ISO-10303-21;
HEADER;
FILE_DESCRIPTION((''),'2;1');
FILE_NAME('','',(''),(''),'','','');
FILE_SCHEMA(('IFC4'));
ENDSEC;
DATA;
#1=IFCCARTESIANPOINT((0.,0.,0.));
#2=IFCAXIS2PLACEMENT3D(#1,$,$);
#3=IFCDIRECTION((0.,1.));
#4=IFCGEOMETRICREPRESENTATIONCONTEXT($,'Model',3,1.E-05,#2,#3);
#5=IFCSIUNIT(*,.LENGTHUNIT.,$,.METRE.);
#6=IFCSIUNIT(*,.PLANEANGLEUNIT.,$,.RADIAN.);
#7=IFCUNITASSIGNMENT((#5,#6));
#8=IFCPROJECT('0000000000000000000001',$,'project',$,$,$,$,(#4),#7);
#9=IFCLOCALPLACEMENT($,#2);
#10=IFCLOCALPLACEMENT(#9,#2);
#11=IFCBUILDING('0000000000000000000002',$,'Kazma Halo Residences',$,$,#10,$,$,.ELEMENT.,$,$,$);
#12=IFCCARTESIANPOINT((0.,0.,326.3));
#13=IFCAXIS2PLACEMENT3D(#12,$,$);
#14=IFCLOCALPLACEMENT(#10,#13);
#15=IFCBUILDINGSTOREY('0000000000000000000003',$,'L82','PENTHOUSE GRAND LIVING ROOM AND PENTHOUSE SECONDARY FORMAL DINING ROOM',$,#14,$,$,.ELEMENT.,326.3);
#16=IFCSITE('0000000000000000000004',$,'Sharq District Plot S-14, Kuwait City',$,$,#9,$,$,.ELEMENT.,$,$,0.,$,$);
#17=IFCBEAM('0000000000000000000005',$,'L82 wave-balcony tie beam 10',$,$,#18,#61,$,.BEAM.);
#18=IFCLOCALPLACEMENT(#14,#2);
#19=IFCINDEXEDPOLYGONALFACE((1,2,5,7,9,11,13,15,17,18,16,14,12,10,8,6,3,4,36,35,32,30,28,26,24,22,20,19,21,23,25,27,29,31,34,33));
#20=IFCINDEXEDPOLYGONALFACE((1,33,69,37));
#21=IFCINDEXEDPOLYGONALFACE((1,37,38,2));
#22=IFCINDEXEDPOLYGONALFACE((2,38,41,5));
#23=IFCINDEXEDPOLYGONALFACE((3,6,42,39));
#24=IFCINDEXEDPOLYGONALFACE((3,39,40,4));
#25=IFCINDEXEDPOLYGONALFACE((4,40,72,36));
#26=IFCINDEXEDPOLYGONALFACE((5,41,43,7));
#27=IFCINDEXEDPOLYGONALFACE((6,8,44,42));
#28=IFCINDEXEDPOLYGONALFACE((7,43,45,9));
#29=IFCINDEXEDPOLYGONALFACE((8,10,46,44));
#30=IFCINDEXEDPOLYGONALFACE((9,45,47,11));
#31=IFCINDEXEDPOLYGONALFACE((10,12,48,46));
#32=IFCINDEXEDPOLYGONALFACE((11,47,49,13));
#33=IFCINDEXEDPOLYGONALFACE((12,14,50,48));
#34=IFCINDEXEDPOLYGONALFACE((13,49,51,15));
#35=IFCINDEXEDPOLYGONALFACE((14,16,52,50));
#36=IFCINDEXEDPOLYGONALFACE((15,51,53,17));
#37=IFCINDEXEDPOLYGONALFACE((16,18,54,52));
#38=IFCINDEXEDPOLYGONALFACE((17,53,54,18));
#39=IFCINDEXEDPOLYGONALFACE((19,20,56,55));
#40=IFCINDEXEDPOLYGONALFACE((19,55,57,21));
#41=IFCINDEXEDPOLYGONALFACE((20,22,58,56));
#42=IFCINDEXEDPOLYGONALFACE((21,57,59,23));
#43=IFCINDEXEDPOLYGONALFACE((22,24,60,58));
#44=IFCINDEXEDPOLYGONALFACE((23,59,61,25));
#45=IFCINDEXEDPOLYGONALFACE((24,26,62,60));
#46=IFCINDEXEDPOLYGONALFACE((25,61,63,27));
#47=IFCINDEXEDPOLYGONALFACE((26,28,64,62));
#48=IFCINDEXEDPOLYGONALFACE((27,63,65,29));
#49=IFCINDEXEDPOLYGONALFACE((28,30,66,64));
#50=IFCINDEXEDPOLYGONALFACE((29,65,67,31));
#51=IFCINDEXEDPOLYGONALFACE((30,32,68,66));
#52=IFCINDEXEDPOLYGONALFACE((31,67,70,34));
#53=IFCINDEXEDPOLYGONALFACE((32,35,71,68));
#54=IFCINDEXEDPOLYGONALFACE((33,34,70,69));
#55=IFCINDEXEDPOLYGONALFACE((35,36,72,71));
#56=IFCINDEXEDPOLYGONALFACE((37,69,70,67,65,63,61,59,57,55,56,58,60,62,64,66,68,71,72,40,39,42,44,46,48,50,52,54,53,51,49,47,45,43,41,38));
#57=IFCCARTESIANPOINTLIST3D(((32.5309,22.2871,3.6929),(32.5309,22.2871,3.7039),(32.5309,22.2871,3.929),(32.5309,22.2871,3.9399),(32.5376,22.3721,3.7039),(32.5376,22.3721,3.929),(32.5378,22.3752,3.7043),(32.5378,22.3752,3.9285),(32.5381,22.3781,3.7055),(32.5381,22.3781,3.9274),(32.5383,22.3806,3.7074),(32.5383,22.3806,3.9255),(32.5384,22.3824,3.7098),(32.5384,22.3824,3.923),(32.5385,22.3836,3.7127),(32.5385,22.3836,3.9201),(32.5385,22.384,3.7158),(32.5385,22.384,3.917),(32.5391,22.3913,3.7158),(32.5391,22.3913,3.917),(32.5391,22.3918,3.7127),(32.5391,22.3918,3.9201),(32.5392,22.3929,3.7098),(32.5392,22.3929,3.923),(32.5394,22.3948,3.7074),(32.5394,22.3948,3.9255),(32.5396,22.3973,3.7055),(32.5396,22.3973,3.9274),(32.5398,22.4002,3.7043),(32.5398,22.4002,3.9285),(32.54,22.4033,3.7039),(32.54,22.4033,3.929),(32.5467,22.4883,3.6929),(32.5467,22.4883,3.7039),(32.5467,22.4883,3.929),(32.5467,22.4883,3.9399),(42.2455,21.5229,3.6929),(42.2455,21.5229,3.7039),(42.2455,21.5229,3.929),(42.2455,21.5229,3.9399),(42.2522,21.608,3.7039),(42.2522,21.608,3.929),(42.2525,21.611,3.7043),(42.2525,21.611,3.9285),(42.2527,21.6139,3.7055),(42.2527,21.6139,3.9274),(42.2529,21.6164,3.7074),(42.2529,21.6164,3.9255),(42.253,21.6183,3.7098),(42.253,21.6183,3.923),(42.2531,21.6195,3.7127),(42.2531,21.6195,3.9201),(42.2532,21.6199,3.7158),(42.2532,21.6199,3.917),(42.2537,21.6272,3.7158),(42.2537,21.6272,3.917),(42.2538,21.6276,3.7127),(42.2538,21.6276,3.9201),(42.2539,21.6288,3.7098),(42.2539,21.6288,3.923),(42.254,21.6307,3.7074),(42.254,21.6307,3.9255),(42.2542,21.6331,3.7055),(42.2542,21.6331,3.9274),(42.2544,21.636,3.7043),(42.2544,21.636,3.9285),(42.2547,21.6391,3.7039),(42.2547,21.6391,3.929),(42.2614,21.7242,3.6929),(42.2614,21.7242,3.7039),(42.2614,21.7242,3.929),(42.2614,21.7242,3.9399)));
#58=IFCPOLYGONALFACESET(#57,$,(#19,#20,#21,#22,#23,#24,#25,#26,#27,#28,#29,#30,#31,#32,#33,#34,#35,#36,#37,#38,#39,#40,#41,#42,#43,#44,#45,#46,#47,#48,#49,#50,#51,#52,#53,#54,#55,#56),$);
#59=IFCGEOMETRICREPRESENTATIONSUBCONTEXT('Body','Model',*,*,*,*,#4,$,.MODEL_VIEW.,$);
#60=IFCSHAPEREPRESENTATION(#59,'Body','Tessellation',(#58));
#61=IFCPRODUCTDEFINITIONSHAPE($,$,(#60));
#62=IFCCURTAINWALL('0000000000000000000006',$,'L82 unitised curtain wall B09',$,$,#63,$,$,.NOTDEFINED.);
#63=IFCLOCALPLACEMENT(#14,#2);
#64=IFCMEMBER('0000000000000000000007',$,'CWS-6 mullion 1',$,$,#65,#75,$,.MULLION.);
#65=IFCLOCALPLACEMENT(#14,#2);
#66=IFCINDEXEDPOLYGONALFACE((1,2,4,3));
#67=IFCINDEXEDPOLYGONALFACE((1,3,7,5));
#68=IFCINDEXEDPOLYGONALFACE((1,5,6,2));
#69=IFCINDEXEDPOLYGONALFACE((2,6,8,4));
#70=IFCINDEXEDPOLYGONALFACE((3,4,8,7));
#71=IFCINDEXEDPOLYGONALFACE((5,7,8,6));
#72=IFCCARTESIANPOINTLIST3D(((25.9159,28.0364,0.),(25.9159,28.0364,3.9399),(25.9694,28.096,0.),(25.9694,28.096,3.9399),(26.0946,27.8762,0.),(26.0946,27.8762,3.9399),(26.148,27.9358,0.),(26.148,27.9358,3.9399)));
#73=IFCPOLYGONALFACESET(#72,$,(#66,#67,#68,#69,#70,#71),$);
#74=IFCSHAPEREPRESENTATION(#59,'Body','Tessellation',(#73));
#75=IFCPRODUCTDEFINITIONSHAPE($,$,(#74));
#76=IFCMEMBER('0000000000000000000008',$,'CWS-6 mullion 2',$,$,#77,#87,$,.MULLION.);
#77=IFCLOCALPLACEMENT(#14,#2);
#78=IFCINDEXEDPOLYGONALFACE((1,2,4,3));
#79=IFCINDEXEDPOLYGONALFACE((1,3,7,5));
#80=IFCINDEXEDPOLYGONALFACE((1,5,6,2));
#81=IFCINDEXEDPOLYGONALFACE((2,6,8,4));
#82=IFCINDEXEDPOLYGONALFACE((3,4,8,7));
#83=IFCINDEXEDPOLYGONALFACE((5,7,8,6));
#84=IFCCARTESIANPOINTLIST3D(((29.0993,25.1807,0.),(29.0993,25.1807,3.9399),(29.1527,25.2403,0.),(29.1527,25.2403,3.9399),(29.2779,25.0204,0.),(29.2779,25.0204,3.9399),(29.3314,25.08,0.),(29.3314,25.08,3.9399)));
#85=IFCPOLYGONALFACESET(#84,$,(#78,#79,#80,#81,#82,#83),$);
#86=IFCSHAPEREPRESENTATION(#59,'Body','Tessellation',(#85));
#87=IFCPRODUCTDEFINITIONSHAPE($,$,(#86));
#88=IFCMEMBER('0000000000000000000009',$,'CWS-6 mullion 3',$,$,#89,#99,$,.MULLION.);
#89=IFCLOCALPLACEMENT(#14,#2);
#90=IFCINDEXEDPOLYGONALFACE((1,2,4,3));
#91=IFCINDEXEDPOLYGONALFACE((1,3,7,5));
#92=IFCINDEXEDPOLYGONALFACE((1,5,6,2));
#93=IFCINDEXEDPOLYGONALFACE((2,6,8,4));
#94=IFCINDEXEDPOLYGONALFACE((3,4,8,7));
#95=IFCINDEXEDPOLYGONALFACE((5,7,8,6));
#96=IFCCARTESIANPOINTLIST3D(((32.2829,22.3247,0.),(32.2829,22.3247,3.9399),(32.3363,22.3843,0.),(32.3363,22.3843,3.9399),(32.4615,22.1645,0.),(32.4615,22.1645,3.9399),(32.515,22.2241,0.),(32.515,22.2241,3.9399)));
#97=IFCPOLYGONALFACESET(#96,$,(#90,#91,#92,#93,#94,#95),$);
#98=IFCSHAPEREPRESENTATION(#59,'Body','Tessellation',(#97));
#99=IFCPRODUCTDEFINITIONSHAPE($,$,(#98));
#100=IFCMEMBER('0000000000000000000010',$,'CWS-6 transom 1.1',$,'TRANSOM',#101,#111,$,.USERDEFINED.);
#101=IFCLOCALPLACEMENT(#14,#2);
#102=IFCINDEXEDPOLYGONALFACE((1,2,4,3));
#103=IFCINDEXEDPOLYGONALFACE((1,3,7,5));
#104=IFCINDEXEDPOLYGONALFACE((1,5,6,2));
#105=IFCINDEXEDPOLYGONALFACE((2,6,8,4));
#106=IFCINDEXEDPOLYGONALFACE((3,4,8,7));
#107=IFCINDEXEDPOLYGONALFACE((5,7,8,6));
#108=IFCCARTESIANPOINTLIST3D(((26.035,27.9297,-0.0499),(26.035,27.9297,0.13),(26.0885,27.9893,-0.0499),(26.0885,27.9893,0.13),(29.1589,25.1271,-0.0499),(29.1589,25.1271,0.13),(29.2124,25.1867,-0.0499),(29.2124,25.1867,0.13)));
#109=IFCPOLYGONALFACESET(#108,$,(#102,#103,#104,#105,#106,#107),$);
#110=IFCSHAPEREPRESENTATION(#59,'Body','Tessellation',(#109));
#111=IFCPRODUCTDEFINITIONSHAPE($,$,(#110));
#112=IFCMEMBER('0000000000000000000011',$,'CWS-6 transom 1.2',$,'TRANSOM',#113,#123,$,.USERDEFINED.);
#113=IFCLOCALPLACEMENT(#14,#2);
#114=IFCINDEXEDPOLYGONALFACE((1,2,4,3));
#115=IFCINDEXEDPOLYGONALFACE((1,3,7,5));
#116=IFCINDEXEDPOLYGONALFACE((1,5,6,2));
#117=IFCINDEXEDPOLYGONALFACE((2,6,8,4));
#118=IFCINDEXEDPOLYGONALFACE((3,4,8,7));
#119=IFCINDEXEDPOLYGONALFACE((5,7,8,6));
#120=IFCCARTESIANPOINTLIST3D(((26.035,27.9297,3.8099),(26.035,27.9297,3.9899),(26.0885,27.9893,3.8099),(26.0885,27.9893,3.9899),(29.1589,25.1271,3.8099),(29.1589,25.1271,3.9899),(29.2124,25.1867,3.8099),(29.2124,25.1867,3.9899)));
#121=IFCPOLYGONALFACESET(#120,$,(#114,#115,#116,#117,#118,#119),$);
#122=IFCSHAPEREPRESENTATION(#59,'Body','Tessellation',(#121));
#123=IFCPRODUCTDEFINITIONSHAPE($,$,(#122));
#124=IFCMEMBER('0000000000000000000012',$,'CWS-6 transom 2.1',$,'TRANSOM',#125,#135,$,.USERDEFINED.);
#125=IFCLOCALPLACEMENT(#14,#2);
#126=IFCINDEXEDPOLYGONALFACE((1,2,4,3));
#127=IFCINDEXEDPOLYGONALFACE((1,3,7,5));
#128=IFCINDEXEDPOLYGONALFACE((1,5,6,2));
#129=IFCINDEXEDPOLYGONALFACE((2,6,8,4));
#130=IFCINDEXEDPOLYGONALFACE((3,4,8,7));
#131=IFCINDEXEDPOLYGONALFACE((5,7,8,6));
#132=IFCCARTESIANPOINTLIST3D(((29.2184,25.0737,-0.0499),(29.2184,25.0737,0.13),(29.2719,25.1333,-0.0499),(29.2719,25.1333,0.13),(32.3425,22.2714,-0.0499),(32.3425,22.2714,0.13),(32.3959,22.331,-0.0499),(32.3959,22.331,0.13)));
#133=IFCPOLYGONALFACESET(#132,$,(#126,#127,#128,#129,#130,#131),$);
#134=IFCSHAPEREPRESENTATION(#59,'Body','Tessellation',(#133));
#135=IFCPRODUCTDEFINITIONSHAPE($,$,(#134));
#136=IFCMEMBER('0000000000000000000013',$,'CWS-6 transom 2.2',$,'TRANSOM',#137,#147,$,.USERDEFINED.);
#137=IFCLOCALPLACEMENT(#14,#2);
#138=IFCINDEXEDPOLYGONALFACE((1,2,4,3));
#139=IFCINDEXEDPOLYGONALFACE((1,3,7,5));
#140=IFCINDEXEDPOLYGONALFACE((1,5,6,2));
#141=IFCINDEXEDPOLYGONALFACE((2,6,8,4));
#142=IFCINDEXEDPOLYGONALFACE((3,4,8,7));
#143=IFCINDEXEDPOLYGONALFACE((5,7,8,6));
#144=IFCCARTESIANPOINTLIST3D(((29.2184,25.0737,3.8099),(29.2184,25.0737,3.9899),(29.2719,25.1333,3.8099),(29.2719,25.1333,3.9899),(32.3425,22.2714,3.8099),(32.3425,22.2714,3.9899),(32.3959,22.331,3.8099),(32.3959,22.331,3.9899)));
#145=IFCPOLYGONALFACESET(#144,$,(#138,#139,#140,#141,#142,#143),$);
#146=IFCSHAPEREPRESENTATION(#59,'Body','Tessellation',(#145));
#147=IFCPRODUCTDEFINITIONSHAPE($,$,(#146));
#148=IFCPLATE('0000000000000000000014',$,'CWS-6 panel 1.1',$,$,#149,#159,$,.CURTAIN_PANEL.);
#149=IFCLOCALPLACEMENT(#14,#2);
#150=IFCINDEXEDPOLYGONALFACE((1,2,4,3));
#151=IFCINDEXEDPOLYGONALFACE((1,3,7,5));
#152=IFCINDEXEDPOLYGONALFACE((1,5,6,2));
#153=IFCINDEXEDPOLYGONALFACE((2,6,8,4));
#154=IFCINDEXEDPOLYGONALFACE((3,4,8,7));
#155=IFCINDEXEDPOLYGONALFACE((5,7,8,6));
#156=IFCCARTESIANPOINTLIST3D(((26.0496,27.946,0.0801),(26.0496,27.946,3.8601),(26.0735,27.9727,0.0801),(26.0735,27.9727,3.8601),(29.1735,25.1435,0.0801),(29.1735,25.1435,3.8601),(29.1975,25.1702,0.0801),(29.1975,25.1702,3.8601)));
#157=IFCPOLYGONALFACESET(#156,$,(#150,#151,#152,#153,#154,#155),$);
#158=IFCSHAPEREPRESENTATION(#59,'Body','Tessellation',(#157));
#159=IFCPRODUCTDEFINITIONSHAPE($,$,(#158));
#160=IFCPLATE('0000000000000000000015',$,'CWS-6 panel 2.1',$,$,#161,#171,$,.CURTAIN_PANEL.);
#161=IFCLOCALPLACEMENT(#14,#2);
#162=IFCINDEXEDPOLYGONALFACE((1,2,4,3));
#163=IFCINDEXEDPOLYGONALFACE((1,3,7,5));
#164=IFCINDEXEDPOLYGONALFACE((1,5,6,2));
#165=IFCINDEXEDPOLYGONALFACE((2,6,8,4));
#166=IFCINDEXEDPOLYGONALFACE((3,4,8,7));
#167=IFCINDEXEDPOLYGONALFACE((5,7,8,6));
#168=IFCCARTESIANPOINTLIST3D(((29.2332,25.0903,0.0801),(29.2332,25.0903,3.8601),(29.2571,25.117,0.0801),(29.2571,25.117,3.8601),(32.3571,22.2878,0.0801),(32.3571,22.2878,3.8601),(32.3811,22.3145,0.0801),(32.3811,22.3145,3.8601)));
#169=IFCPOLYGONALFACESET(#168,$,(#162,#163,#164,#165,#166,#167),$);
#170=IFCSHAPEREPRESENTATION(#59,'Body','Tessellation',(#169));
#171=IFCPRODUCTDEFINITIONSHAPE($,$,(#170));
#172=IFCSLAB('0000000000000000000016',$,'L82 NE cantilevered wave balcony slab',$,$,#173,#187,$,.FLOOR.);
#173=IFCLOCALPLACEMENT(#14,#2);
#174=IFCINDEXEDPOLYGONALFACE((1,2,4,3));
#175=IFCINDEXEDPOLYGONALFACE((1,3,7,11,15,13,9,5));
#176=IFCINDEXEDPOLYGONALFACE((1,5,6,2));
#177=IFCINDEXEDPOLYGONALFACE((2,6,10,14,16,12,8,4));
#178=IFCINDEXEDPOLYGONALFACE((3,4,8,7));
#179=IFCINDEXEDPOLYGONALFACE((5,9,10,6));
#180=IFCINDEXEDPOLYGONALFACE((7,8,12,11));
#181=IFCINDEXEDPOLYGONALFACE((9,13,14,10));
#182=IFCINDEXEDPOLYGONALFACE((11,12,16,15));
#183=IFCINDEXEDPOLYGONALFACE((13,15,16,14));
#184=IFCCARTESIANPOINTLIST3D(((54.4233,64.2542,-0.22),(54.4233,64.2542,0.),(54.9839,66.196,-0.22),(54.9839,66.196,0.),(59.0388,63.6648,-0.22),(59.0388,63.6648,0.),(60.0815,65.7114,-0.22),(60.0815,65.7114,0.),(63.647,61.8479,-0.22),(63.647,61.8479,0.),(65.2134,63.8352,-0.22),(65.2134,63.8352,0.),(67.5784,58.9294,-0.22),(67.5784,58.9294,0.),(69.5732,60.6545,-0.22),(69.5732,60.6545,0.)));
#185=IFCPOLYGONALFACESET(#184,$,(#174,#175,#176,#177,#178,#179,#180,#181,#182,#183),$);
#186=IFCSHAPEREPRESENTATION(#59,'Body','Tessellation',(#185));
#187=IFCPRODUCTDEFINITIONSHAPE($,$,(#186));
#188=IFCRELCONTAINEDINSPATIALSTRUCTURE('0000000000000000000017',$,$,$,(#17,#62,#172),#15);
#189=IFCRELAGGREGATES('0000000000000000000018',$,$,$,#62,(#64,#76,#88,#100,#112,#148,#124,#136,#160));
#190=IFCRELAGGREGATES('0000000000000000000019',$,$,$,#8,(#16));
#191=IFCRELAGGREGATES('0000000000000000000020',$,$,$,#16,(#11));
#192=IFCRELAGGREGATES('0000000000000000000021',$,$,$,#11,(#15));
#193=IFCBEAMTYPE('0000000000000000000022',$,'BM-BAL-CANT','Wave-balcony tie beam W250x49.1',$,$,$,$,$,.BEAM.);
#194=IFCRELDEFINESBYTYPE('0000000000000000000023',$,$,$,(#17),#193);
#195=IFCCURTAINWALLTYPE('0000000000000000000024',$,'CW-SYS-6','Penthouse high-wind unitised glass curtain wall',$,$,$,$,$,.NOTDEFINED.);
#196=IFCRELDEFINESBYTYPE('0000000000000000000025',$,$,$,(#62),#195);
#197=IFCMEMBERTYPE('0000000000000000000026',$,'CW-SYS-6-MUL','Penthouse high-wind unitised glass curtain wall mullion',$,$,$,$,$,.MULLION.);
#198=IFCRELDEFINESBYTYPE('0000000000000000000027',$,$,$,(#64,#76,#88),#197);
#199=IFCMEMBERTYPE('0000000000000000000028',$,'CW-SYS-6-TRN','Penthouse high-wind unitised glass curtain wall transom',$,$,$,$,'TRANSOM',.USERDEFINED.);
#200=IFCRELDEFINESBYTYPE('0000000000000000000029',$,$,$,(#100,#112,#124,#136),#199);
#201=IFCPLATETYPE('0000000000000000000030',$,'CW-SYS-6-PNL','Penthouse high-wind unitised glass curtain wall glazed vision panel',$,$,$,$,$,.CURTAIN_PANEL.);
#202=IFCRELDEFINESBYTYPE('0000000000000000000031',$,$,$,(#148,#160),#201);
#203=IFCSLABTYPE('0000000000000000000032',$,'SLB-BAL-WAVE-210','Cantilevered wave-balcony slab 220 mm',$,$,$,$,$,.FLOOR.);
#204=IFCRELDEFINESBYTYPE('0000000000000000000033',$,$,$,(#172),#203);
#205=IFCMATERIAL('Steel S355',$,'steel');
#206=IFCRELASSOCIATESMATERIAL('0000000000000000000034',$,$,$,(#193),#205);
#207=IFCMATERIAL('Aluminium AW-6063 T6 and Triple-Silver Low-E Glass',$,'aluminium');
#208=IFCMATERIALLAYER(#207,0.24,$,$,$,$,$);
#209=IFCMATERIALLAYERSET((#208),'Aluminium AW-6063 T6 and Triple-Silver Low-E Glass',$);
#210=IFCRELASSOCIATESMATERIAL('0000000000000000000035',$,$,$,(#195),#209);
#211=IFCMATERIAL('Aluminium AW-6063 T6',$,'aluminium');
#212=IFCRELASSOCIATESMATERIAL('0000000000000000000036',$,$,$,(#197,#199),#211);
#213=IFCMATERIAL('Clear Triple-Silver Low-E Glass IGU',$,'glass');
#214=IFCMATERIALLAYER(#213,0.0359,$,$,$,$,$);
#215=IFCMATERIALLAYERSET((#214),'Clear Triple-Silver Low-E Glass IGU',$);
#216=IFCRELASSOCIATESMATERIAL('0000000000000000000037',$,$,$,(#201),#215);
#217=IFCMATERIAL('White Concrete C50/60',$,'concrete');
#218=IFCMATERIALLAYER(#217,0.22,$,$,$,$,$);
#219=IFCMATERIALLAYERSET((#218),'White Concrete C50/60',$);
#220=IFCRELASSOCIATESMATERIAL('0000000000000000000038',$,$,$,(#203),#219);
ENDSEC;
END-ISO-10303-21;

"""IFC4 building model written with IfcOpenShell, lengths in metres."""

from ifc_helpers import new_model, si_unit, direction, frame, origin, origin_2d, place, context, subcontext, project, spatial, polyline, rectangle, i_section, outline, extrude, material, layer, layer_set, material_profile, profile_set, type_object, element, aggregate, save


model = new_model("IFC4")

# Units and contexts
model_context = context("Model", 3, precision=1e-05, world=origin(), true_north=direction((0.0, 1.0)))
body_context = subcontext(model_context, "Body", "Model", "MODEL_VIEW")
ifc_project = project(units=[si_unit("LENGTHUNIT", "METRE"), si_unit("PLANEANGLEUNIT", "RADIAN")], contexts=[model_context])

# Site, building, storey
site_placement = place(None, origin())
site = spatial("IfcSite", under=ifc_project, at=site_placement, Name="Sharq District Plot S-14, Kuwait City", CompositionType="ELEMENT", RefElevation=0.0)
building_placement = place(site_placement, origin())
building = spatial("IfcBuilding", under=site, at=building_placement, Name="Kazma Halo Residences", CompositionType="ELEMENT")
storey_placement = place(building_placement, frame((0.0, 0.0, 326.3)))
storey = spatial("IfcBuildingStorey", under=building, at=storey_placement, Name="L82", Description="PENTHOUSE GRAND LIVING ROOM AND PENTHOUSE SECONDARY FORMAL DINING ROOM", CompositionType="ELEMENT", Elevation=326.3)

# Beam
ifc_material_1 = material(Name="Steel S355", Category="steel")
ifc_material_profile_1 = material_profile(ifc_material_1, i_section(OverallWidth=0.2019, OverallDepth=0.2471, WebThickness=0.0073, FlangeThickness=0.011, FilletRadius=0.012, at=origin_2d()), Name="W250x49.1")
ifc_profile_set_1 = profile_set([ifc_material_profile_1], Name="Steel S355")
beam_type = type_object("IfcBeamType", Name="BM-BAL-CANT", Description="Wave-balcony tie beam W250x49.1", PredefinedType="BEAM", material=ifc_profile_set_1)
beam_placement = place(storey_placement, frame((32.5388, 22.3877, 3.8164), z_axis=(0.996921, -0.078419, 0.0), x_axis=(0.078419, 0.996921, 0.0)))
element("IfcBeam", 1, at=beam_placement, inside=storey, type_object=beam_type, Name="L82 wave-balcony tie beam 10", PredefinedType="BEAM", context=body_context, shape_type="SweptSolid", body=[
    extrude(i_section(OverallWidth=0.2019, OverallDepth=0.2471, WebThickness=0.0073, FlangeThickness=0.011, FilletRadius=0.012, at=origin_2d()), origin(), (0.0, 0.0, 1.0), 9.7446),
])

# Curtain wall, members, plates
ifc_material_2 = material(Name="Aluminium AW-6063 T6 and Triple-Silver Low-E Glass", Category="aluminium")
ifc_layer_1 = layer(ifc_material_2, 0.24)
ifc_layer_set_1 = layer_set([ifc_layer_1], Name="Aluminium AW-6063 T6 and Triple-Silver Low-E Glass")
curtain_wall_type = type_object("IfcCurtainWallType", Name="CW-SYS-6", Description="Penthouse high-wind unitised glass curtain wall", PredefinedType="NOTDEFINED", material=ifc_layer_set_1)
curtain_wall_placement = place(storey_placement, origin())
curtain_wall = element("IfcCurtainWall", 2, at=curtain_wall_placement, inside=storey, type_object=curtain_wall_type, Name="L82 unitised curtain wall B09", PredefinedType="NOTDEFINED")
ifc_material_3 = material(Name="Aluminium AW-6063 T6", Category="aluminium")
ifc_material_profile_2 = material_profile(ifc_material_3, rectangle(XDim=0.0801, YDim=0.24, at=origin_2d()), Name="CWM-80x240")
ifc_profile_set_2 = profile_set([ifc_material_profile_2], Name="Aluminium AW-6063 T6")
member_type_1 = type_object("IfcMemberType", Name="CW-SYS-6-MUL", Description="Penthouse high-wind unitised glass curtain wall mullion", PredefinedType="MULLION", material=ifc_profile_set_2)
member_1_placement = place(storey_placement, frame((26.032, 27.9861, 0.0), z_axis=(0.0, 0.0, 1.0), x_axis=(0.667758, 0.744379, 0.0)))
member_1 = element("IfcMember", 3, at=member_1_placement, type_object=member_type_1, Name="CWS-6 mullion 1", PredefinedType="MULLION", context=body_context, shape_type="SweptSolid", body=[
    extrude(rectangle(XDim=0.0801, YDim=0.24, at=origin_2d()), origin(), (0.0, 0.0, 1.0), 3.9399),
])
member_2_placement = place(storey_placement, frame((29.2153, 25.1304, 0.0), z_axis=(0.0, 0.0, 1.0), x_axis=(0.667758, 0.744379, 0.0)))
member_2 = element("IfcMember", 4, at=member_2_placement, type_object=member_type_1, Name="CWS-6 mullion 2", PredefinedType="MULLION", context=body_context, shape_type="SweptSolid", body=[
    extrude(rectangle(XDim=0.0801, YDim=0.24, at=origin_2d()), origin(), (0.0, 0.0, 1.0), 3.9399),
])
member_3_placement = place(storey_placement, frame((32.3989, 22.2744, 0.0), z_axis=(0.0, 0.0, 1.0), x_axis=(0.667758, 0.744379, 0.0)))
member_3 = element("IfcMember", 5, at=member_3_placement, type_object=member_type_1, Name="CWS-6 mullion 3", PredefinedType="MULLION", context=body_context, shape_type="SweptSolid", body=[
    extrude(rectangle(XDim=0.0801, YDim=0.24, at=origin_2d()), origin(), (0.0, 0.0, 1.0), 3.9399),
])
ifc_material_profile_3 = material_profile(ifc_material_3, rectangle(XDim=0.0801, YDim=0.1799, at=origin_2d()), Name="CWT-80x180")
ifc_profile_set_3 = profile_set([ifc_material_profile_3], Name="Aluminium AW-6063 T6")
member_type_2 = type_object("IfcMemberType", Name="CW-SYS-6-TRN", Description="Penthouse high-wind unitised glass curtain wall transom", ElementType="TRANSOM", PredefinedType="USERDEFINED", material=ifc_profile_set_3)
member_4_placement = place(storey_placement, frame((26.0618, 27.9595, 0.04), z_axis=(0.744349, -0.667791, 0.0), x_axis=(0.667791, 0.744349, 0.0)))
member_4 = element("IfcMember", 6, at=member_4_placement, type_object=member_type_2, Name="CWS-6 transom 1.1", ObjectType="TRANSOM", PredefinedType="USERDEFINED", context=body_context, shape_type="SweptSolid", body=[
    extrude(rectangle(XDim=0.0801, YDim=0.1799, at=origin_2d()), origin(), (0.0, 0.0, 1.0), 4.1968),
])
member_5_placement = place(storey_placement, frame((26.0618, 27.9595, 3.8999), z_axis=(0.744349, -0.667791, 0.0), x_axis=(0.667791, 0.744349, 0.0)))
member_5 = element("IfcMember", 7, at=member_5_placement, type_object=member_type_2, Name="CWS-6 transom 1.2", ObjectType="TRANSOM", PredefinedType="USERDEFINED", context=body_context, shape_type="SweptSolid", body=[
    extrude(rectangle(XDim=0.0801, YDim=0.1799, at=origin_2d()), origin(), (0.0, 0.0, 1.0), 4.1968),
])
member_6_placement = place(storey_placement, frame((29.2451, 25.1035, 0.04), z_axis=(0.744404, -0.66773, 0.0), x_axis=(0.66773, 0.744404, 0.0)))
member_6 = element("IfcMember", 8, at=member_6_placement, type_object=member_type_2, Name="CWS-6 transom 2.1", ObjectType="TRANSOM", PredefinedType="USERDEFINED", context=body_context, shape_type="SweptSolid", body=[
    extrude(rectangle(XDim=0.0801, YDim=0.1799, at=origin_2d()), origin(), (0.0, 0.0, 1.0), 4.1968),
])
member_7_placement = place(storey_placement, frame((29.2451, 25.1035, 3.8999), z_axis=(0.744404, -0.66773, 0.0), x_axis=(0.66773, 0.744404, 0.0)))
member_7 = element("IfcMember", 9, at=member_7_placement, type_object=member_type_2, Name="CWS-6 transom 2.2", ObjectType="TRANSOM", PredefinedType="USERDEFINED", context=body_context, shape_type="SweptSolid", body=[
    extrude(rectangle(XDim=0.0801, YDim=0.1799, at=origin_2d()), origin(), (0.0, 0.0, 1.0), 4.1968),
])
ifc_material_4 = material(Name="Clear Triple-Silver Low-E Glass IGU", Category="glass")
ifc_layer_2 = layer(ifc_material_4, 0.0359)
ifc_layer_set_2 = layer_set([ifc_layer_2], Name="Clear Triple-Silver Low-E Glass IGU")
plate_type = type_object("IfcPlateType", Name="CW-SYS-6-PNL", Description="Penthouse high-wind unitised glass curtain wall glazed vision panel", PredefinedType="CURTAIN_PANEL", material=ifc_layer_set_2)
plate_1_placement = place(storey_placement, frame((27.6235, 26.5581, 0.0801), z_axis=(0.0, 0.0, 1.0), x_axis=(0.744379, -0.667758, 0.0)))
plate_1 = element("IfcPlate", 10, at=plate_1_placement, type_object=plate_type, Name="CWS-6 panel 1.1", PredefinedType="CURTAIN_PANEL", context=body_context, shape_type="SweptSolid", body=[
    extrude(rectangle(XDim=4.1968, YDim=0.0359, at=origin_2d()), origin(), (0.0, 0.0, 1.0), 3.78),
])
plate_2_placement = place(storey_placement, frame((30.8071, 23.7024, 0.0801), z_axis=(0.0, 0.0, 1.0), x_axis=(0.744379, -0.667758, 0.0)))
plate_2 = element("IfcPlate", 11, at=plate_2_placement, type_object=plate_type, Name="CWS-6 panel 2.1", PredefinedType="CURTAIN_PANEL", context=body_context, shape_type="SweptSolid", body=[
    extrude(rectangle(XDim=4.1968, YDim=0.0359, at=origin_2d()), origin(), (0.0, 0.0, 1.0), 3.78),
])
aggregate(curtain_wall, [member_1, member_2, member_3, member_4, member_5, plate_1, member_6, member_7, plate_2])

# Slab
ifc_material_5 = material(Name="White Concrete C50/60", Category="concrete")
ifc_layer_3 = layer(ifc_material_5, 0.22)
ifc_layer_set_3 = layer_set([ifc_layer_3], Name="White Concrete C50/60")
slab_type_1 = type_object("IfcSlabType", Name="SLB-BAL-WAVE-210", Description="Cantilevered wave-balcony slab 220 mm", PredefinedType="FLOOR", material=ifc_layer_set_3)
slab_1_placement = place(storey_placement, frame((0.0, 0.0, -0.22)))
element("IfcSlab", 12, at=slab_1_placement, inside=storey, type_object=slab_type_1, Name="L82 NE cantilevered wave balcony slab", PredefinedType="FLOOR", context=body_context, shape_type="SweptSolid", body=[
    extrude(outline(polyline([(67.5784, 58.9294), (63.647, 61.8479), (59.0388, 63.6648), (54.4233, 64.2542), (54.9839, 66.196), (60.0815, 65.7114), (65.2134, 63.8352), (69.5732, 60.6545), (67.5784, 58.9294)])), origin(), (0.0, 0.0, 1.0), 0.22),
])

save(model, "model.ifc")
